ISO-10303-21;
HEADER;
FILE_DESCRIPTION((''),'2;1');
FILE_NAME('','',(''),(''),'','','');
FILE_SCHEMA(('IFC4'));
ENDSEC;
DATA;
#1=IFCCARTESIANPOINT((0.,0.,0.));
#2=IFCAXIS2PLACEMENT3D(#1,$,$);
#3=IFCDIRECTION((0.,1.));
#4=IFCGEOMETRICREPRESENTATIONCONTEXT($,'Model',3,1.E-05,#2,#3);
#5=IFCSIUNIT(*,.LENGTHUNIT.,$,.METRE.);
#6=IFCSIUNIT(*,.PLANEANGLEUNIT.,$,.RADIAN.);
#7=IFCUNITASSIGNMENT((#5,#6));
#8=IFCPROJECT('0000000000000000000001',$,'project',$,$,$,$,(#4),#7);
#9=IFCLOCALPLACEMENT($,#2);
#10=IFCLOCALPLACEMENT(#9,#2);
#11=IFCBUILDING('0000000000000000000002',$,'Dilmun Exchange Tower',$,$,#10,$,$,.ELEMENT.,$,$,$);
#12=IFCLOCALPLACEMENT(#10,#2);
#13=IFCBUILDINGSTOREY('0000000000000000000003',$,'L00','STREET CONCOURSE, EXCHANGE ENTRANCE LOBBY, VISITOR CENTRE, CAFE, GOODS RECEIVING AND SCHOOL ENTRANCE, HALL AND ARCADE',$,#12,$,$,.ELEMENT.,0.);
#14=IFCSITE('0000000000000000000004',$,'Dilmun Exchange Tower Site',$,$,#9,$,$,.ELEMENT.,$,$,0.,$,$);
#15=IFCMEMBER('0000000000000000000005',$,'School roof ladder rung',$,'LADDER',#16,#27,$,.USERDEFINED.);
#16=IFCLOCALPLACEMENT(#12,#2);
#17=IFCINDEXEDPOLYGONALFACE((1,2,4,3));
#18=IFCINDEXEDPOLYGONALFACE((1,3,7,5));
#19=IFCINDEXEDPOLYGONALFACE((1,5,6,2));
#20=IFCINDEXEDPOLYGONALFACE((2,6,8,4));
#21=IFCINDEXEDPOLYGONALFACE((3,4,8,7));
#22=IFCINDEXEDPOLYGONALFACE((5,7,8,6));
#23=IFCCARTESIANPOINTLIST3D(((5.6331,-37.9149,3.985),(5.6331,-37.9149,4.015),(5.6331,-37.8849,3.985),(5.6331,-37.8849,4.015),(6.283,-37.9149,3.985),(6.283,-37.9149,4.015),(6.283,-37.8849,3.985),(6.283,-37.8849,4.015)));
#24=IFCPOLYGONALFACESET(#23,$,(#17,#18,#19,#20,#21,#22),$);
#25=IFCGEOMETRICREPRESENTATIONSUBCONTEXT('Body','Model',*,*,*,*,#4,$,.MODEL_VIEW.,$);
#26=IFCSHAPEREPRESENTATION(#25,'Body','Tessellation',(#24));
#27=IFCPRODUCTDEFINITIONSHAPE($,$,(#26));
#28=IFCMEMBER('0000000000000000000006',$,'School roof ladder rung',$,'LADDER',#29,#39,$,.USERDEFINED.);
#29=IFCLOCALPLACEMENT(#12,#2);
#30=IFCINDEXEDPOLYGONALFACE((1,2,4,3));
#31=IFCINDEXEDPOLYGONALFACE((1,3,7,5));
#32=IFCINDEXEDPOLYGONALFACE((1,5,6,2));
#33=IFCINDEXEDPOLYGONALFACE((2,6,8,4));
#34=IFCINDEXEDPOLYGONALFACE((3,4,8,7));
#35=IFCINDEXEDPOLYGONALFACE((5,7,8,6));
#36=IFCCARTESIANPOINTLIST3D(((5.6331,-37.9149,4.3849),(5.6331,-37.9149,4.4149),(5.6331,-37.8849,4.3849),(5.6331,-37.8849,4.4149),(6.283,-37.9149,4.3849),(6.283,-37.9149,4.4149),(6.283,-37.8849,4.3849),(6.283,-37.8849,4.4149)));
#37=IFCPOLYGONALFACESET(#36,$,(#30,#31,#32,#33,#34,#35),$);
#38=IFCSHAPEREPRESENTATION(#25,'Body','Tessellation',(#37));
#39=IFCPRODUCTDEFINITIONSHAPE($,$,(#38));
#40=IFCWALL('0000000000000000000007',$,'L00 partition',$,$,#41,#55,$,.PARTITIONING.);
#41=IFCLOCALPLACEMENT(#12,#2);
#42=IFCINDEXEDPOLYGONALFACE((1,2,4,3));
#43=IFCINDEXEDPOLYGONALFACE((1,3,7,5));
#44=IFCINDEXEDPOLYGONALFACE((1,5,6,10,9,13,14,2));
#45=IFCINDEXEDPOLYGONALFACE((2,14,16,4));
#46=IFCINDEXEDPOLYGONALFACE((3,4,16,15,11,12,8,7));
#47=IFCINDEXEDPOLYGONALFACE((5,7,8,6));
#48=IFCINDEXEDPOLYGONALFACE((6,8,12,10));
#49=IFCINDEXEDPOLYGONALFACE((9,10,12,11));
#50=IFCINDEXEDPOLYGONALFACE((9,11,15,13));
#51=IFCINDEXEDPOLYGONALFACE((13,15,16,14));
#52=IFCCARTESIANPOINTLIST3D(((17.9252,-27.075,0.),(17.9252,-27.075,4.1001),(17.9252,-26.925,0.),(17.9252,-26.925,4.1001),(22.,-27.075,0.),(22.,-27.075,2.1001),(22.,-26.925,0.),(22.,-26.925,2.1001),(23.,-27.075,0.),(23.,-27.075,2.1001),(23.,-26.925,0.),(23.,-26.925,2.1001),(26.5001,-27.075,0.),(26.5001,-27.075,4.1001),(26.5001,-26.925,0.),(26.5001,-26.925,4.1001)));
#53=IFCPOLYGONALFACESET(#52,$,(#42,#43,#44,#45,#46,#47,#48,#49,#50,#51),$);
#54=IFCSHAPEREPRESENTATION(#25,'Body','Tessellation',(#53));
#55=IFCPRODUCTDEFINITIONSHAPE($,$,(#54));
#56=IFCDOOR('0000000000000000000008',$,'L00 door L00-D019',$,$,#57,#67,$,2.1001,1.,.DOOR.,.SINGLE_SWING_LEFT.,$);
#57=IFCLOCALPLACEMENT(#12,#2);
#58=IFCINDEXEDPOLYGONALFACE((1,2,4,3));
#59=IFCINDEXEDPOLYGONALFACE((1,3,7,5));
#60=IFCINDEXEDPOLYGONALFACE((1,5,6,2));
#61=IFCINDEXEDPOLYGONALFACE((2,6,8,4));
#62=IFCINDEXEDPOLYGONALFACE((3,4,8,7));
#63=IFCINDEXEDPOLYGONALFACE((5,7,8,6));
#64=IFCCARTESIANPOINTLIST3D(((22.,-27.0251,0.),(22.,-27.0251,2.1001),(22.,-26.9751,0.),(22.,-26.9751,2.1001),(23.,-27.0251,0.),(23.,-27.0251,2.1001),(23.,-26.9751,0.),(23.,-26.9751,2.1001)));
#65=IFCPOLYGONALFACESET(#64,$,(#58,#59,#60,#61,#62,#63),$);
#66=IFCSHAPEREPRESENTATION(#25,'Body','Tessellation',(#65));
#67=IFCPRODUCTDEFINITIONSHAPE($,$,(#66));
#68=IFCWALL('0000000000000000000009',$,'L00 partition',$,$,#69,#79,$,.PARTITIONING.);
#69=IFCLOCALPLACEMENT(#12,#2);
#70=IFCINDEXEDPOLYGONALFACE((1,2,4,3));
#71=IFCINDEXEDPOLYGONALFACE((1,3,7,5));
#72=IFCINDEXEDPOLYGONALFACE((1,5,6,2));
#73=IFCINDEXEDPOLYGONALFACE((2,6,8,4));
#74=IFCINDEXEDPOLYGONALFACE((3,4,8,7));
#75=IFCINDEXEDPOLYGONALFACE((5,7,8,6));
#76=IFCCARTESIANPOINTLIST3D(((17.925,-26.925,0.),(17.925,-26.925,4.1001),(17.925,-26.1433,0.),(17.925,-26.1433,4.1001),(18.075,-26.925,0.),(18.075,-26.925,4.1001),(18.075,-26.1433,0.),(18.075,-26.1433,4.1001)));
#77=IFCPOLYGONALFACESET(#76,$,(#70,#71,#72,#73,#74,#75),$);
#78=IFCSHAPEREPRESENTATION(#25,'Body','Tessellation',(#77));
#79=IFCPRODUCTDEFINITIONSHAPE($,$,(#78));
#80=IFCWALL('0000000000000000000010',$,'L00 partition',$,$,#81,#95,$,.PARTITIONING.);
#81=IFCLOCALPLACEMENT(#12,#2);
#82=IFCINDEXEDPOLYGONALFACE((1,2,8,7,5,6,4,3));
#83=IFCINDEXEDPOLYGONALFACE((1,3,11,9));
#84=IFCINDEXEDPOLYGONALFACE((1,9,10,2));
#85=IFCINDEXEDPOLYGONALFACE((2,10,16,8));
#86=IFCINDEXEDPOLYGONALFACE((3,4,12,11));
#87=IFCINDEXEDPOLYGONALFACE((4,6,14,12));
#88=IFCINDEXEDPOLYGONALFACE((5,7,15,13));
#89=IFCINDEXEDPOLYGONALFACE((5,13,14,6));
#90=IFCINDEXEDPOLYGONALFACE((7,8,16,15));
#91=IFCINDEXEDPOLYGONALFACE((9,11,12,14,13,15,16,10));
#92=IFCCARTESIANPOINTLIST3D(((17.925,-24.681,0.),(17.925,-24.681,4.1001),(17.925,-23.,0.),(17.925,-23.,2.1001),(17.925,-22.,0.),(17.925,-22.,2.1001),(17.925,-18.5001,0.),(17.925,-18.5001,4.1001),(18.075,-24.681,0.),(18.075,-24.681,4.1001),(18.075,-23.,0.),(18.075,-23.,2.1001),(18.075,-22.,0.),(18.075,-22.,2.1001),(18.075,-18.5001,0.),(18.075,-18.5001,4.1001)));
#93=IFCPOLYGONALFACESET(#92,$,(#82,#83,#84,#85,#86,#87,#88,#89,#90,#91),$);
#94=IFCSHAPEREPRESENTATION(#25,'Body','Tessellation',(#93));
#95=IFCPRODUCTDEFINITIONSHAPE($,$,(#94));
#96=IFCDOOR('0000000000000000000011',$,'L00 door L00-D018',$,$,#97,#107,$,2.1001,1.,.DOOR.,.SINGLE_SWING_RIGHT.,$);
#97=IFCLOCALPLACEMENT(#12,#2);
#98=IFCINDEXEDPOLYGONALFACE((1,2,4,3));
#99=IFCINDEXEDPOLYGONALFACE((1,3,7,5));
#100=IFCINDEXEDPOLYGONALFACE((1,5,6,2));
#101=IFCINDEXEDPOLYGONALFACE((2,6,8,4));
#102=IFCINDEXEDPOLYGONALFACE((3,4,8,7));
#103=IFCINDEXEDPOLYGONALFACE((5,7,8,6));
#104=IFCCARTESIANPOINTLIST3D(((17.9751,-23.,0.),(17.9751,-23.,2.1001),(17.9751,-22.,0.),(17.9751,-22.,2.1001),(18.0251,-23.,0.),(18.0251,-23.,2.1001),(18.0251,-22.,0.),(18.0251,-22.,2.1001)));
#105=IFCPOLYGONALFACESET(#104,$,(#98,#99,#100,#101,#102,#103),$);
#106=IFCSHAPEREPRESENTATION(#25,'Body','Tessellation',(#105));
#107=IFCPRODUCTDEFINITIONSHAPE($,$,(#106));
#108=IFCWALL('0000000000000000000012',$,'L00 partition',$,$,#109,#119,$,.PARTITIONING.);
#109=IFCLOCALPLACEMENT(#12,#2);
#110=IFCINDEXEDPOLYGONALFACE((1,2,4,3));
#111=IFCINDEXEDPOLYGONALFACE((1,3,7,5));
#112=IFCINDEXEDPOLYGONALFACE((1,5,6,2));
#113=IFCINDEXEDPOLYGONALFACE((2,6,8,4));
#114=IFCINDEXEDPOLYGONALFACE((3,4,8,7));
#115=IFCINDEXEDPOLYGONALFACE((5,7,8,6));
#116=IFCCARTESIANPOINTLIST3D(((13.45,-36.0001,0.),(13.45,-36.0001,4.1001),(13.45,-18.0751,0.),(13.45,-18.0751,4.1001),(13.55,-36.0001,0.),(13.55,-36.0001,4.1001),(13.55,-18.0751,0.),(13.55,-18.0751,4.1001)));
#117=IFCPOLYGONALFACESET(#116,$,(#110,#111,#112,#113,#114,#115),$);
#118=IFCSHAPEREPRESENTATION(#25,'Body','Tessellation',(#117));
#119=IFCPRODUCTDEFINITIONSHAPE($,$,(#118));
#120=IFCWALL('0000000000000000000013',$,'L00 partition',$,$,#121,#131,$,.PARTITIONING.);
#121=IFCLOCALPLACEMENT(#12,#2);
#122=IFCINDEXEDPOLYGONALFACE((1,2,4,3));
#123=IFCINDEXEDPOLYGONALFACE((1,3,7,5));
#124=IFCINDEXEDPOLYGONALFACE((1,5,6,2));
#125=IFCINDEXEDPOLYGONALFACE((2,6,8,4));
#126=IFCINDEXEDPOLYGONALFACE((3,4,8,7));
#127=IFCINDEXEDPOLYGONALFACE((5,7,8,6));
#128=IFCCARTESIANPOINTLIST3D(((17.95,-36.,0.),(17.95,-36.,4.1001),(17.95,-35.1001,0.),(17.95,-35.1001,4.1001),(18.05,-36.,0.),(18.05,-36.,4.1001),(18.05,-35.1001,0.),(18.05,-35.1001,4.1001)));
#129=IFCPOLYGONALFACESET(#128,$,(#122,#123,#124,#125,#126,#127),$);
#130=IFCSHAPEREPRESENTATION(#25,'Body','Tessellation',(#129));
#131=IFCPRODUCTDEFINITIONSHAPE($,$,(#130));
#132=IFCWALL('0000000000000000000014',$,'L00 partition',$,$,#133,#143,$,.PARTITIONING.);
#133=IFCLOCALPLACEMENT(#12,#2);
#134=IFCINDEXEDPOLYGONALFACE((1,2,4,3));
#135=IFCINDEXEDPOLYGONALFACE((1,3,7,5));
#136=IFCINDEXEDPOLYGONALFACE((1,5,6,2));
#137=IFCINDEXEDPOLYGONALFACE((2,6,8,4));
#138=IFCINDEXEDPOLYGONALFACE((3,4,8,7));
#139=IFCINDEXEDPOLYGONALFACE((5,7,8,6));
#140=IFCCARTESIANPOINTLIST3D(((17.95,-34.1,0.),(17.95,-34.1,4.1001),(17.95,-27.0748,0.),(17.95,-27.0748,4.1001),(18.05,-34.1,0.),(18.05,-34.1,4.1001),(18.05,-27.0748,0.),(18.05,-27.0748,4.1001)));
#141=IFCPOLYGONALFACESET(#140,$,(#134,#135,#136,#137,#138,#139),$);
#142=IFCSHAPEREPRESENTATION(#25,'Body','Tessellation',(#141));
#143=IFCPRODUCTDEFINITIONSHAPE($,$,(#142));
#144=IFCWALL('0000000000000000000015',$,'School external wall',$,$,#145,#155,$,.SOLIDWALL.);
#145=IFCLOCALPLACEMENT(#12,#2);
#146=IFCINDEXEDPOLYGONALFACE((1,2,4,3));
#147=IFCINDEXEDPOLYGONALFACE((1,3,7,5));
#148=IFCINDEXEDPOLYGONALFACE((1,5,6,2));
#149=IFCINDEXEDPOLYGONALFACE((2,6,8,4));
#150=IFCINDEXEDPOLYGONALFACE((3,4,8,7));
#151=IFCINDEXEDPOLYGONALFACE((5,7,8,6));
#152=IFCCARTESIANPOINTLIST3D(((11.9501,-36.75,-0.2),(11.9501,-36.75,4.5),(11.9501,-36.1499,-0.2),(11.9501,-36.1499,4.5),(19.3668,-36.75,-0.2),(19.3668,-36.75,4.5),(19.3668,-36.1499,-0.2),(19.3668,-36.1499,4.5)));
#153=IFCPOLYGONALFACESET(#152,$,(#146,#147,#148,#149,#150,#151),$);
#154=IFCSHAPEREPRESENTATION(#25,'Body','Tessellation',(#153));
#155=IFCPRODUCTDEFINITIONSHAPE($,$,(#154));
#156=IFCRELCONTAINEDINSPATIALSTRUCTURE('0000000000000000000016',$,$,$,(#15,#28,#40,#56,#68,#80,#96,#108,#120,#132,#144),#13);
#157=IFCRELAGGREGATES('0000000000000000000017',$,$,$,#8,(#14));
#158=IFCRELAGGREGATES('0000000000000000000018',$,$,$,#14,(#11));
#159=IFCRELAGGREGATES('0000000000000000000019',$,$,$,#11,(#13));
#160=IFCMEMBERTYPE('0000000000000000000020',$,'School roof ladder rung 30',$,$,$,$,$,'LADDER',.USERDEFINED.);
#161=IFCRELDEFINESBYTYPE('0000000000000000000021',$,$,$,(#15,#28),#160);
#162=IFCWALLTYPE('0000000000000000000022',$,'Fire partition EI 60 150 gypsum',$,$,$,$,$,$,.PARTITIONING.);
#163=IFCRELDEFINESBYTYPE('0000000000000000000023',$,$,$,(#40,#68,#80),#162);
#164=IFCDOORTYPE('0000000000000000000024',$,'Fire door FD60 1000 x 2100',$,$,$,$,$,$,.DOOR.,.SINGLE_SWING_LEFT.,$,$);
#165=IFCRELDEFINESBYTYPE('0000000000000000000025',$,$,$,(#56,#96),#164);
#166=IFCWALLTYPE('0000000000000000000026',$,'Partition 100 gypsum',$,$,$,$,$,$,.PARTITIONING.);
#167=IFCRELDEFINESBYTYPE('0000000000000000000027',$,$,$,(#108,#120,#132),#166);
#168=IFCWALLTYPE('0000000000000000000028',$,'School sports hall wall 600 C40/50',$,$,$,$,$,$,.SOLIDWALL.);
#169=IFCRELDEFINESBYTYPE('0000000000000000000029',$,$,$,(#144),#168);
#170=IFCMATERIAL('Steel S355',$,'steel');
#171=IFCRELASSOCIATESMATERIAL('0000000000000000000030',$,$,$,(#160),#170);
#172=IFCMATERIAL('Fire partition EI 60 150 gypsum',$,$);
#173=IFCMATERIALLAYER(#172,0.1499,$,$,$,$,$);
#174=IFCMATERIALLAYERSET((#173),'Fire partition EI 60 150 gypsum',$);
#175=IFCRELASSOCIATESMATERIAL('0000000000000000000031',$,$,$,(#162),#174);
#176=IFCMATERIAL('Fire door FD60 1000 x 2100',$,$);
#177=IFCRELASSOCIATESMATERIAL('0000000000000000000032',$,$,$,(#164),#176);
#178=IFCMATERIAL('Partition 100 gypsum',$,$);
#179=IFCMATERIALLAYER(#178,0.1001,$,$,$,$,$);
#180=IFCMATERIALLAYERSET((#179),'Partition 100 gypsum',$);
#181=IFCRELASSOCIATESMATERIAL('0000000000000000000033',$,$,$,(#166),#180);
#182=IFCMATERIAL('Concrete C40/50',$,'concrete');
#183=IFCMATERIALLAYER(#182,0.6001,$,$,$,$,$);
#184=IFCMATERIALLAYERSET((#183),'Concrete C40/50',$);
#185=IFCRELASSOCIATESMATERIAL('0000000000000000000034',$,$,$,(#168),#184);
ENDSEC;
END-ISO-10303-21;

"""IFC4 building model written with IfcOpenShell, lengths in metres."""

from ifc_helpers import new_model, si_unit, direction, frame, frame_2d, origin, origin_2d, place, context, subcontext, project, spatial, rectangle, extrude, material, layer, layer_set, material_profile, profile_set, type_object, element, fill, save


model = new_model("IFC4")

# Units and contexts
model_context = context("Model", 3, precision=1e-05, world=origin(), true_north=direction((0.0, 1.0)))
body_context = subcontext(model_context, "Body", "Model", "MODEL_VIEW")
ifc_project = project(units=[si_unit("LENGTHUNIT", "METRE"), si_unit("PLANEANGLEUNIT", "RADIAN")], contexts=[model_context])

# Site, building, storey
site_placement = place(None, origin())
site = spatial("IfcSite", under=ifc_project, at=site_placement, Name="Dilmun Exchange Tower Site", CompositionType="ELEMENT", RefElevation=0.0)
building_placement = place(site_placement, origin())
building = spatial("IfcBuilding", under=site, at=building_placement, Name="Dilmun Exchange Tower", CompositionType="ELEMENT")
storey_placement = place(building_placement, origin())
storey = spatial("IfcBuildingStorey", under=building, at=storey_placement, Name="L00", Description="STREET CONCOURSE, EXCHANGE ENTRANCE LOBBY, VISITOR CENTRE, CAFE, GOODS RECEIVING AND SCHOOL ENTRANCE, HALL AND ARCADE", CompositionType="ELEMENT", Elevation=0.0)

# Shared definitions
ifc_material_1 = material(Name="Concrete C40/50", Category="concrete")

# Members
ifc_material_2 = material(Name="Steel S355", Category="steel")
ifc_material_profile_1 = material_profile(ifc_material_2, rectangle(XDim=0.03, YDim=0.03, at=origin_2d()), Name="30 x 30")
ifc_profile_set_1 = profile_set([ifc_material_profile_1], Name="Steel S355")
member_type_1 = type_object("IfcMemberType", Name="School roof ladder rung 30", ElementType="LADDER", PredefinedType="USERDEFINED", material=ifc_profile_set_1)
for number, where, z_axis, x_axis, name in (
    (1, (5.6331, -37.8999, 4.0), (1.0, 0.0, 0.0), (0.0, 1.0, 0.0), "School roof ladder rung"),
    (2, (5.6331, -37.8999, 4.3999), (1.0, 0.0, 0.0), (0.0, 1.0, 0.0), "School roof ladder rung"),
):
    element("IfcMember", number, at=place(storey_placement, frame(where, z_axis=z_axis, x_axis=x_axis)), inside=storey, type_object=member_type_1, Name=name, ObjectType="LADDER", PredefinedType="USERDEFINED", context=body_context, shape_type="SweptSolid", body=[
        extrude(rectangle(XDim=0.03, YDim=0.03, at=origin_2d()), origin(), (0.0, 0.0, 1.0), 0.6499),
    ])

# Wall, opening, door
ifc_material_3 = material(Name="Fire partition EI 60 150 gypsum")
ifc_layer_1 = layer(ifc_material_3, 0.1499)
ifc_layer_set_1 = layer_set([ifc_layer_1], Name="Fire partition EI 60 150 gypsum")
wall_type_1 = type_object("IfcWallType", Name="Fire partition EI 60 150 gypsum", PredefinedType="PARTITIONING", material=ifc_layer_set_1)
wall_1_placement = place(storey_placement, frame((17.925, -27.0, 0.0), z_axis=(0.0, 0.0, 1.0), x_axis=(1.0, 0.0, 0.0)))
wall_1 = element("IfcWall", 3, at=wall_1_placement, inside=storey, type_object=wall_type_1, Name="L00 partition", PredefinedType="PARTITIONING", context=body_context, shape_type="SweptSolid", body=[
    extrude(rectangle(XDim=8.575, YDim=0.1499, at=frame_2d((4.2876, 0.0))), origin(), (0.0, 0.0, 1.0), 4.1001),
])
opening_1_placement = place(wall_1_placement, frame((4.075, 0.0, 0.0)))
opening_1 = element("IfcOpeningElement", 4, at=opening_1_placement, cuts=wall_1, PredefinedType="OPENING", context=body_context, shape_type="SweptSolid", body=[
    extrude(rectangle(XDim=1.0, YDim=2.1001, at=frame_2d((0.5, 1.05))), frame((0.0, 0.085, 0.0), z_axis=(0.0, -1.0, 0.0), x_axis=(1.0, 0.0, 0.0)), (0.0, 0.0, 1.0), 0.1699),
])
ifc_material_4 = material(Name="Fire door FD60 1000 x 2100")
door_type = type_object("IfcDoorType", Name="Fire door FD60 1000 x 2100", OperationType="SINGLE_SWING_LEFT", PredefinedType="DOOR", material=ifc_material_4)
door_1_placement = place(opening_1_placement, origin())
door_1 = element("IfcDoor", 5, at=door_1_placement, inside=storey, type_object=door_type, Name="L00 door L00-D019", OperationType="SINGLE_SWING_LEFT", OverallHeight=2.1001, OverallWidth=1.0, PredefinedType="DOOR", context=body_context, shape_type="SweptSolid", body=[
    extrude(rectangle(XDim=1.0, YDim=2.1001, at=frame_2d((0.5, 1.05))), frame((0.0, 0.0249, 0.0), z_axis=(0.0, -1.0, 0.0), x_axis=(1.0, 0.0, 0.0)), (0.0, 0.0, 1.0), 0.05),
])
fill(opening_1, door_1)

# Wall
wall_2_placement = place(storey_placement, frame((18.0, -26.925, 0.0), z_axis=(0.0, 0.0, 1.0), x_axis=(0.0, 1.0, 0.0)))
element("IfcWall", 6, at=wall_2_placement, inside=storey, type_object=wall_type_1, Name="L00 partition", PredefinedType="PARTITIONING", context=body_context, shape_type="SweptSolid", body=[
    extrude(rectangle(XDim=0.7817, YDim=0.1499, at=frame_2d((0.3909, 0.0))), origin(), (0.0, 0.0, 1.0), 4.1001),
])

# Wall, opening, door
wall_3_placement = place(storey_placement, frame((18.0, -24.6809, 0.0), z_axis=(0.0, 0.0, 1.0), x_axis=(0.0, 1.0, 0.0)))
wall_3 = element("IfcWall", 7, at=wall_3_placement, inside=storey, type_object=wall_type_1, Name="L00 partition", PredefinedType="PARTITIONING", context=body_context, shape_type="SweptSolid", body=[
    extrude(rectangle(XDim=6.1809, YDim=0.1499, at=frame_2d((3.0903, 0.0))), origin(), (0.0, 0.0, 1.0), 4.1001),
])
opening_2_placement = place(wall_3_placement, frame((1.6809, 0.0, 0.0)))
opening_2 = element("IfcOpeningElement", 8, at=opening_2_placement, cuts=wall_3, PredefinedType="OPENING", context=body_context, shape_type="SweptSolid", body=[
    extrude(rectangle(XDim=1.0, YDim=2.1001, at=frame_2d((0.5, 1.05))), frame((0.0, 0.085, 0.0), z_axis=(0.0, -1.0, 0.0), x_axis=(1.0, 0.0, 0.0)), (0.0, 0.0, 1.0), 0.1699),
])
door_2_placement = place(opening_2_placement, origin())
door_2 = element("IfcDoor", 9, at=door_2_placement, inside=storey, type_object=door_type, Name="L00 door L00-D018", OperationType="SINGLE_SWING_RIGHT", OverallHeight=2.1001, OverallWidth=1.0, PredefinedType="DOOR", context=body_context, shape_type="SweptSolid", body=[
    extrude(rectangle(XDim=1.0, YDim=2.1001, at=frame_2d((0.5, 1.05))), frame((0.0, 0.0249, 0.0), z_axis=(0.0, -1.0, 0.0), x_axis=(1.0, 0.0, 0.0)), (0.0, 0.0, 1.0), 0.05),
])
fill(opening_2, door_2)

# Walls
ifc_material_5 = material(Name="Partition 100 gypsum")
ifc_layer_2 = layer(ifc_material_5, 0.1001)
ifc_layer_set_2 = layer_set([ifc_layer_2], Name="Partition 100 gypsum")
wall_type_2 = type_object("IfcWallType", Name="Partition 100 gypsum", PredefinedType="PARTITIONING", material=ifc_layer_set_2)
wall_4_placement = place(storey_placement, frame((13.5, -36.0, 0.0), z_axis=(0.0, 0.0, 1.0), x_axis=(0.0, 1.0, 0.0)))
element("IfcWall", 10, at=wall_4_placement, inside=storey, type_object=wall_type_2, Name="L00 partition", PredefinedType="PARTITIONING", context=body_context, shape_type="SweptSolid", body=[
    extrude(rectangle(XDim=17.925, YDim=0.1001, at=frame_2d((8.9624, 0.0))), origin(), (0.0, 0.0, 1.0), 4.1001),
])
wall_5_placement = place(storey_placement, frame((18.0, -36.0, 0.0), z_axis=(0.0, 0.0, 1.0), x_axis=(0.0, 1.0, 0.0)))
element("IfcWall", 11, at=wall_5_placement, inside=storey, type_object=wall_type_2, Name="L00 partition", PredefinedType="PARTITIONING", context=body_context, shape_type="SweptSolid", body=[
    extrude(rectangle(XDim=0.8999, YDim=0.1001, at=frame_2d((0.45, 0.0))), origin(), (0.0, 0.0, 1.0), 4.1001),
])
wall_6_placement = place(storey_placement, frame((18.0, -34.1001, 0.0), z_axis=(0.0, 0.0, 1.0), x_axis=(0.0, 1.0, 0.0)))
element("IfcWall", 12, at=wall_6_placement, inside=storey, type_object=wall_type_2, Name="L00 partition", PredefinedType="PARTITIONING", context=body_context, shape_type="SweptSolid", body=[
    extrude(rectangle(XDim=7.0251, YDim=0.1001, at=frame_2d((3.5127, 0.0))), origin(), (0.0, 0.0, 1.0), 4.1001),
])
ifc_layer_3 = layer(ifc_material_1, 0.6001)
ifc_layer_set_3 = layer_set([ifc_layer_3], Name="Concrete C40/50")
wall_type_3 = type_object("IfcWallType", Name="School sports hall wall 600 C40/50", PredefinedType="SOLIDWALL", material=ifc_layer_set_3)
wall_7_placement = place(storey_placement, frame((11.95, -36.45, -0.2), z_axis=(0.0, 0.0, 1.0), x_axis=(1.0, 0.0, 0.0)))
element("IfcWall", 13, at=wall_7_placement, inside=storey, type_object=wall_type_3, Name="School external wall", PredefinedType="SOLIDWALL", context=body_context, shape_type="SweptSolid", body=[
    extrude(rectangle(XDim=7.4167, YDim=0.6001, at=frame_2d((3.7085, 0.0))), origin(), (0.0, 0.0, 1.0), 4.7),
])

save(model, "model.ifc")
